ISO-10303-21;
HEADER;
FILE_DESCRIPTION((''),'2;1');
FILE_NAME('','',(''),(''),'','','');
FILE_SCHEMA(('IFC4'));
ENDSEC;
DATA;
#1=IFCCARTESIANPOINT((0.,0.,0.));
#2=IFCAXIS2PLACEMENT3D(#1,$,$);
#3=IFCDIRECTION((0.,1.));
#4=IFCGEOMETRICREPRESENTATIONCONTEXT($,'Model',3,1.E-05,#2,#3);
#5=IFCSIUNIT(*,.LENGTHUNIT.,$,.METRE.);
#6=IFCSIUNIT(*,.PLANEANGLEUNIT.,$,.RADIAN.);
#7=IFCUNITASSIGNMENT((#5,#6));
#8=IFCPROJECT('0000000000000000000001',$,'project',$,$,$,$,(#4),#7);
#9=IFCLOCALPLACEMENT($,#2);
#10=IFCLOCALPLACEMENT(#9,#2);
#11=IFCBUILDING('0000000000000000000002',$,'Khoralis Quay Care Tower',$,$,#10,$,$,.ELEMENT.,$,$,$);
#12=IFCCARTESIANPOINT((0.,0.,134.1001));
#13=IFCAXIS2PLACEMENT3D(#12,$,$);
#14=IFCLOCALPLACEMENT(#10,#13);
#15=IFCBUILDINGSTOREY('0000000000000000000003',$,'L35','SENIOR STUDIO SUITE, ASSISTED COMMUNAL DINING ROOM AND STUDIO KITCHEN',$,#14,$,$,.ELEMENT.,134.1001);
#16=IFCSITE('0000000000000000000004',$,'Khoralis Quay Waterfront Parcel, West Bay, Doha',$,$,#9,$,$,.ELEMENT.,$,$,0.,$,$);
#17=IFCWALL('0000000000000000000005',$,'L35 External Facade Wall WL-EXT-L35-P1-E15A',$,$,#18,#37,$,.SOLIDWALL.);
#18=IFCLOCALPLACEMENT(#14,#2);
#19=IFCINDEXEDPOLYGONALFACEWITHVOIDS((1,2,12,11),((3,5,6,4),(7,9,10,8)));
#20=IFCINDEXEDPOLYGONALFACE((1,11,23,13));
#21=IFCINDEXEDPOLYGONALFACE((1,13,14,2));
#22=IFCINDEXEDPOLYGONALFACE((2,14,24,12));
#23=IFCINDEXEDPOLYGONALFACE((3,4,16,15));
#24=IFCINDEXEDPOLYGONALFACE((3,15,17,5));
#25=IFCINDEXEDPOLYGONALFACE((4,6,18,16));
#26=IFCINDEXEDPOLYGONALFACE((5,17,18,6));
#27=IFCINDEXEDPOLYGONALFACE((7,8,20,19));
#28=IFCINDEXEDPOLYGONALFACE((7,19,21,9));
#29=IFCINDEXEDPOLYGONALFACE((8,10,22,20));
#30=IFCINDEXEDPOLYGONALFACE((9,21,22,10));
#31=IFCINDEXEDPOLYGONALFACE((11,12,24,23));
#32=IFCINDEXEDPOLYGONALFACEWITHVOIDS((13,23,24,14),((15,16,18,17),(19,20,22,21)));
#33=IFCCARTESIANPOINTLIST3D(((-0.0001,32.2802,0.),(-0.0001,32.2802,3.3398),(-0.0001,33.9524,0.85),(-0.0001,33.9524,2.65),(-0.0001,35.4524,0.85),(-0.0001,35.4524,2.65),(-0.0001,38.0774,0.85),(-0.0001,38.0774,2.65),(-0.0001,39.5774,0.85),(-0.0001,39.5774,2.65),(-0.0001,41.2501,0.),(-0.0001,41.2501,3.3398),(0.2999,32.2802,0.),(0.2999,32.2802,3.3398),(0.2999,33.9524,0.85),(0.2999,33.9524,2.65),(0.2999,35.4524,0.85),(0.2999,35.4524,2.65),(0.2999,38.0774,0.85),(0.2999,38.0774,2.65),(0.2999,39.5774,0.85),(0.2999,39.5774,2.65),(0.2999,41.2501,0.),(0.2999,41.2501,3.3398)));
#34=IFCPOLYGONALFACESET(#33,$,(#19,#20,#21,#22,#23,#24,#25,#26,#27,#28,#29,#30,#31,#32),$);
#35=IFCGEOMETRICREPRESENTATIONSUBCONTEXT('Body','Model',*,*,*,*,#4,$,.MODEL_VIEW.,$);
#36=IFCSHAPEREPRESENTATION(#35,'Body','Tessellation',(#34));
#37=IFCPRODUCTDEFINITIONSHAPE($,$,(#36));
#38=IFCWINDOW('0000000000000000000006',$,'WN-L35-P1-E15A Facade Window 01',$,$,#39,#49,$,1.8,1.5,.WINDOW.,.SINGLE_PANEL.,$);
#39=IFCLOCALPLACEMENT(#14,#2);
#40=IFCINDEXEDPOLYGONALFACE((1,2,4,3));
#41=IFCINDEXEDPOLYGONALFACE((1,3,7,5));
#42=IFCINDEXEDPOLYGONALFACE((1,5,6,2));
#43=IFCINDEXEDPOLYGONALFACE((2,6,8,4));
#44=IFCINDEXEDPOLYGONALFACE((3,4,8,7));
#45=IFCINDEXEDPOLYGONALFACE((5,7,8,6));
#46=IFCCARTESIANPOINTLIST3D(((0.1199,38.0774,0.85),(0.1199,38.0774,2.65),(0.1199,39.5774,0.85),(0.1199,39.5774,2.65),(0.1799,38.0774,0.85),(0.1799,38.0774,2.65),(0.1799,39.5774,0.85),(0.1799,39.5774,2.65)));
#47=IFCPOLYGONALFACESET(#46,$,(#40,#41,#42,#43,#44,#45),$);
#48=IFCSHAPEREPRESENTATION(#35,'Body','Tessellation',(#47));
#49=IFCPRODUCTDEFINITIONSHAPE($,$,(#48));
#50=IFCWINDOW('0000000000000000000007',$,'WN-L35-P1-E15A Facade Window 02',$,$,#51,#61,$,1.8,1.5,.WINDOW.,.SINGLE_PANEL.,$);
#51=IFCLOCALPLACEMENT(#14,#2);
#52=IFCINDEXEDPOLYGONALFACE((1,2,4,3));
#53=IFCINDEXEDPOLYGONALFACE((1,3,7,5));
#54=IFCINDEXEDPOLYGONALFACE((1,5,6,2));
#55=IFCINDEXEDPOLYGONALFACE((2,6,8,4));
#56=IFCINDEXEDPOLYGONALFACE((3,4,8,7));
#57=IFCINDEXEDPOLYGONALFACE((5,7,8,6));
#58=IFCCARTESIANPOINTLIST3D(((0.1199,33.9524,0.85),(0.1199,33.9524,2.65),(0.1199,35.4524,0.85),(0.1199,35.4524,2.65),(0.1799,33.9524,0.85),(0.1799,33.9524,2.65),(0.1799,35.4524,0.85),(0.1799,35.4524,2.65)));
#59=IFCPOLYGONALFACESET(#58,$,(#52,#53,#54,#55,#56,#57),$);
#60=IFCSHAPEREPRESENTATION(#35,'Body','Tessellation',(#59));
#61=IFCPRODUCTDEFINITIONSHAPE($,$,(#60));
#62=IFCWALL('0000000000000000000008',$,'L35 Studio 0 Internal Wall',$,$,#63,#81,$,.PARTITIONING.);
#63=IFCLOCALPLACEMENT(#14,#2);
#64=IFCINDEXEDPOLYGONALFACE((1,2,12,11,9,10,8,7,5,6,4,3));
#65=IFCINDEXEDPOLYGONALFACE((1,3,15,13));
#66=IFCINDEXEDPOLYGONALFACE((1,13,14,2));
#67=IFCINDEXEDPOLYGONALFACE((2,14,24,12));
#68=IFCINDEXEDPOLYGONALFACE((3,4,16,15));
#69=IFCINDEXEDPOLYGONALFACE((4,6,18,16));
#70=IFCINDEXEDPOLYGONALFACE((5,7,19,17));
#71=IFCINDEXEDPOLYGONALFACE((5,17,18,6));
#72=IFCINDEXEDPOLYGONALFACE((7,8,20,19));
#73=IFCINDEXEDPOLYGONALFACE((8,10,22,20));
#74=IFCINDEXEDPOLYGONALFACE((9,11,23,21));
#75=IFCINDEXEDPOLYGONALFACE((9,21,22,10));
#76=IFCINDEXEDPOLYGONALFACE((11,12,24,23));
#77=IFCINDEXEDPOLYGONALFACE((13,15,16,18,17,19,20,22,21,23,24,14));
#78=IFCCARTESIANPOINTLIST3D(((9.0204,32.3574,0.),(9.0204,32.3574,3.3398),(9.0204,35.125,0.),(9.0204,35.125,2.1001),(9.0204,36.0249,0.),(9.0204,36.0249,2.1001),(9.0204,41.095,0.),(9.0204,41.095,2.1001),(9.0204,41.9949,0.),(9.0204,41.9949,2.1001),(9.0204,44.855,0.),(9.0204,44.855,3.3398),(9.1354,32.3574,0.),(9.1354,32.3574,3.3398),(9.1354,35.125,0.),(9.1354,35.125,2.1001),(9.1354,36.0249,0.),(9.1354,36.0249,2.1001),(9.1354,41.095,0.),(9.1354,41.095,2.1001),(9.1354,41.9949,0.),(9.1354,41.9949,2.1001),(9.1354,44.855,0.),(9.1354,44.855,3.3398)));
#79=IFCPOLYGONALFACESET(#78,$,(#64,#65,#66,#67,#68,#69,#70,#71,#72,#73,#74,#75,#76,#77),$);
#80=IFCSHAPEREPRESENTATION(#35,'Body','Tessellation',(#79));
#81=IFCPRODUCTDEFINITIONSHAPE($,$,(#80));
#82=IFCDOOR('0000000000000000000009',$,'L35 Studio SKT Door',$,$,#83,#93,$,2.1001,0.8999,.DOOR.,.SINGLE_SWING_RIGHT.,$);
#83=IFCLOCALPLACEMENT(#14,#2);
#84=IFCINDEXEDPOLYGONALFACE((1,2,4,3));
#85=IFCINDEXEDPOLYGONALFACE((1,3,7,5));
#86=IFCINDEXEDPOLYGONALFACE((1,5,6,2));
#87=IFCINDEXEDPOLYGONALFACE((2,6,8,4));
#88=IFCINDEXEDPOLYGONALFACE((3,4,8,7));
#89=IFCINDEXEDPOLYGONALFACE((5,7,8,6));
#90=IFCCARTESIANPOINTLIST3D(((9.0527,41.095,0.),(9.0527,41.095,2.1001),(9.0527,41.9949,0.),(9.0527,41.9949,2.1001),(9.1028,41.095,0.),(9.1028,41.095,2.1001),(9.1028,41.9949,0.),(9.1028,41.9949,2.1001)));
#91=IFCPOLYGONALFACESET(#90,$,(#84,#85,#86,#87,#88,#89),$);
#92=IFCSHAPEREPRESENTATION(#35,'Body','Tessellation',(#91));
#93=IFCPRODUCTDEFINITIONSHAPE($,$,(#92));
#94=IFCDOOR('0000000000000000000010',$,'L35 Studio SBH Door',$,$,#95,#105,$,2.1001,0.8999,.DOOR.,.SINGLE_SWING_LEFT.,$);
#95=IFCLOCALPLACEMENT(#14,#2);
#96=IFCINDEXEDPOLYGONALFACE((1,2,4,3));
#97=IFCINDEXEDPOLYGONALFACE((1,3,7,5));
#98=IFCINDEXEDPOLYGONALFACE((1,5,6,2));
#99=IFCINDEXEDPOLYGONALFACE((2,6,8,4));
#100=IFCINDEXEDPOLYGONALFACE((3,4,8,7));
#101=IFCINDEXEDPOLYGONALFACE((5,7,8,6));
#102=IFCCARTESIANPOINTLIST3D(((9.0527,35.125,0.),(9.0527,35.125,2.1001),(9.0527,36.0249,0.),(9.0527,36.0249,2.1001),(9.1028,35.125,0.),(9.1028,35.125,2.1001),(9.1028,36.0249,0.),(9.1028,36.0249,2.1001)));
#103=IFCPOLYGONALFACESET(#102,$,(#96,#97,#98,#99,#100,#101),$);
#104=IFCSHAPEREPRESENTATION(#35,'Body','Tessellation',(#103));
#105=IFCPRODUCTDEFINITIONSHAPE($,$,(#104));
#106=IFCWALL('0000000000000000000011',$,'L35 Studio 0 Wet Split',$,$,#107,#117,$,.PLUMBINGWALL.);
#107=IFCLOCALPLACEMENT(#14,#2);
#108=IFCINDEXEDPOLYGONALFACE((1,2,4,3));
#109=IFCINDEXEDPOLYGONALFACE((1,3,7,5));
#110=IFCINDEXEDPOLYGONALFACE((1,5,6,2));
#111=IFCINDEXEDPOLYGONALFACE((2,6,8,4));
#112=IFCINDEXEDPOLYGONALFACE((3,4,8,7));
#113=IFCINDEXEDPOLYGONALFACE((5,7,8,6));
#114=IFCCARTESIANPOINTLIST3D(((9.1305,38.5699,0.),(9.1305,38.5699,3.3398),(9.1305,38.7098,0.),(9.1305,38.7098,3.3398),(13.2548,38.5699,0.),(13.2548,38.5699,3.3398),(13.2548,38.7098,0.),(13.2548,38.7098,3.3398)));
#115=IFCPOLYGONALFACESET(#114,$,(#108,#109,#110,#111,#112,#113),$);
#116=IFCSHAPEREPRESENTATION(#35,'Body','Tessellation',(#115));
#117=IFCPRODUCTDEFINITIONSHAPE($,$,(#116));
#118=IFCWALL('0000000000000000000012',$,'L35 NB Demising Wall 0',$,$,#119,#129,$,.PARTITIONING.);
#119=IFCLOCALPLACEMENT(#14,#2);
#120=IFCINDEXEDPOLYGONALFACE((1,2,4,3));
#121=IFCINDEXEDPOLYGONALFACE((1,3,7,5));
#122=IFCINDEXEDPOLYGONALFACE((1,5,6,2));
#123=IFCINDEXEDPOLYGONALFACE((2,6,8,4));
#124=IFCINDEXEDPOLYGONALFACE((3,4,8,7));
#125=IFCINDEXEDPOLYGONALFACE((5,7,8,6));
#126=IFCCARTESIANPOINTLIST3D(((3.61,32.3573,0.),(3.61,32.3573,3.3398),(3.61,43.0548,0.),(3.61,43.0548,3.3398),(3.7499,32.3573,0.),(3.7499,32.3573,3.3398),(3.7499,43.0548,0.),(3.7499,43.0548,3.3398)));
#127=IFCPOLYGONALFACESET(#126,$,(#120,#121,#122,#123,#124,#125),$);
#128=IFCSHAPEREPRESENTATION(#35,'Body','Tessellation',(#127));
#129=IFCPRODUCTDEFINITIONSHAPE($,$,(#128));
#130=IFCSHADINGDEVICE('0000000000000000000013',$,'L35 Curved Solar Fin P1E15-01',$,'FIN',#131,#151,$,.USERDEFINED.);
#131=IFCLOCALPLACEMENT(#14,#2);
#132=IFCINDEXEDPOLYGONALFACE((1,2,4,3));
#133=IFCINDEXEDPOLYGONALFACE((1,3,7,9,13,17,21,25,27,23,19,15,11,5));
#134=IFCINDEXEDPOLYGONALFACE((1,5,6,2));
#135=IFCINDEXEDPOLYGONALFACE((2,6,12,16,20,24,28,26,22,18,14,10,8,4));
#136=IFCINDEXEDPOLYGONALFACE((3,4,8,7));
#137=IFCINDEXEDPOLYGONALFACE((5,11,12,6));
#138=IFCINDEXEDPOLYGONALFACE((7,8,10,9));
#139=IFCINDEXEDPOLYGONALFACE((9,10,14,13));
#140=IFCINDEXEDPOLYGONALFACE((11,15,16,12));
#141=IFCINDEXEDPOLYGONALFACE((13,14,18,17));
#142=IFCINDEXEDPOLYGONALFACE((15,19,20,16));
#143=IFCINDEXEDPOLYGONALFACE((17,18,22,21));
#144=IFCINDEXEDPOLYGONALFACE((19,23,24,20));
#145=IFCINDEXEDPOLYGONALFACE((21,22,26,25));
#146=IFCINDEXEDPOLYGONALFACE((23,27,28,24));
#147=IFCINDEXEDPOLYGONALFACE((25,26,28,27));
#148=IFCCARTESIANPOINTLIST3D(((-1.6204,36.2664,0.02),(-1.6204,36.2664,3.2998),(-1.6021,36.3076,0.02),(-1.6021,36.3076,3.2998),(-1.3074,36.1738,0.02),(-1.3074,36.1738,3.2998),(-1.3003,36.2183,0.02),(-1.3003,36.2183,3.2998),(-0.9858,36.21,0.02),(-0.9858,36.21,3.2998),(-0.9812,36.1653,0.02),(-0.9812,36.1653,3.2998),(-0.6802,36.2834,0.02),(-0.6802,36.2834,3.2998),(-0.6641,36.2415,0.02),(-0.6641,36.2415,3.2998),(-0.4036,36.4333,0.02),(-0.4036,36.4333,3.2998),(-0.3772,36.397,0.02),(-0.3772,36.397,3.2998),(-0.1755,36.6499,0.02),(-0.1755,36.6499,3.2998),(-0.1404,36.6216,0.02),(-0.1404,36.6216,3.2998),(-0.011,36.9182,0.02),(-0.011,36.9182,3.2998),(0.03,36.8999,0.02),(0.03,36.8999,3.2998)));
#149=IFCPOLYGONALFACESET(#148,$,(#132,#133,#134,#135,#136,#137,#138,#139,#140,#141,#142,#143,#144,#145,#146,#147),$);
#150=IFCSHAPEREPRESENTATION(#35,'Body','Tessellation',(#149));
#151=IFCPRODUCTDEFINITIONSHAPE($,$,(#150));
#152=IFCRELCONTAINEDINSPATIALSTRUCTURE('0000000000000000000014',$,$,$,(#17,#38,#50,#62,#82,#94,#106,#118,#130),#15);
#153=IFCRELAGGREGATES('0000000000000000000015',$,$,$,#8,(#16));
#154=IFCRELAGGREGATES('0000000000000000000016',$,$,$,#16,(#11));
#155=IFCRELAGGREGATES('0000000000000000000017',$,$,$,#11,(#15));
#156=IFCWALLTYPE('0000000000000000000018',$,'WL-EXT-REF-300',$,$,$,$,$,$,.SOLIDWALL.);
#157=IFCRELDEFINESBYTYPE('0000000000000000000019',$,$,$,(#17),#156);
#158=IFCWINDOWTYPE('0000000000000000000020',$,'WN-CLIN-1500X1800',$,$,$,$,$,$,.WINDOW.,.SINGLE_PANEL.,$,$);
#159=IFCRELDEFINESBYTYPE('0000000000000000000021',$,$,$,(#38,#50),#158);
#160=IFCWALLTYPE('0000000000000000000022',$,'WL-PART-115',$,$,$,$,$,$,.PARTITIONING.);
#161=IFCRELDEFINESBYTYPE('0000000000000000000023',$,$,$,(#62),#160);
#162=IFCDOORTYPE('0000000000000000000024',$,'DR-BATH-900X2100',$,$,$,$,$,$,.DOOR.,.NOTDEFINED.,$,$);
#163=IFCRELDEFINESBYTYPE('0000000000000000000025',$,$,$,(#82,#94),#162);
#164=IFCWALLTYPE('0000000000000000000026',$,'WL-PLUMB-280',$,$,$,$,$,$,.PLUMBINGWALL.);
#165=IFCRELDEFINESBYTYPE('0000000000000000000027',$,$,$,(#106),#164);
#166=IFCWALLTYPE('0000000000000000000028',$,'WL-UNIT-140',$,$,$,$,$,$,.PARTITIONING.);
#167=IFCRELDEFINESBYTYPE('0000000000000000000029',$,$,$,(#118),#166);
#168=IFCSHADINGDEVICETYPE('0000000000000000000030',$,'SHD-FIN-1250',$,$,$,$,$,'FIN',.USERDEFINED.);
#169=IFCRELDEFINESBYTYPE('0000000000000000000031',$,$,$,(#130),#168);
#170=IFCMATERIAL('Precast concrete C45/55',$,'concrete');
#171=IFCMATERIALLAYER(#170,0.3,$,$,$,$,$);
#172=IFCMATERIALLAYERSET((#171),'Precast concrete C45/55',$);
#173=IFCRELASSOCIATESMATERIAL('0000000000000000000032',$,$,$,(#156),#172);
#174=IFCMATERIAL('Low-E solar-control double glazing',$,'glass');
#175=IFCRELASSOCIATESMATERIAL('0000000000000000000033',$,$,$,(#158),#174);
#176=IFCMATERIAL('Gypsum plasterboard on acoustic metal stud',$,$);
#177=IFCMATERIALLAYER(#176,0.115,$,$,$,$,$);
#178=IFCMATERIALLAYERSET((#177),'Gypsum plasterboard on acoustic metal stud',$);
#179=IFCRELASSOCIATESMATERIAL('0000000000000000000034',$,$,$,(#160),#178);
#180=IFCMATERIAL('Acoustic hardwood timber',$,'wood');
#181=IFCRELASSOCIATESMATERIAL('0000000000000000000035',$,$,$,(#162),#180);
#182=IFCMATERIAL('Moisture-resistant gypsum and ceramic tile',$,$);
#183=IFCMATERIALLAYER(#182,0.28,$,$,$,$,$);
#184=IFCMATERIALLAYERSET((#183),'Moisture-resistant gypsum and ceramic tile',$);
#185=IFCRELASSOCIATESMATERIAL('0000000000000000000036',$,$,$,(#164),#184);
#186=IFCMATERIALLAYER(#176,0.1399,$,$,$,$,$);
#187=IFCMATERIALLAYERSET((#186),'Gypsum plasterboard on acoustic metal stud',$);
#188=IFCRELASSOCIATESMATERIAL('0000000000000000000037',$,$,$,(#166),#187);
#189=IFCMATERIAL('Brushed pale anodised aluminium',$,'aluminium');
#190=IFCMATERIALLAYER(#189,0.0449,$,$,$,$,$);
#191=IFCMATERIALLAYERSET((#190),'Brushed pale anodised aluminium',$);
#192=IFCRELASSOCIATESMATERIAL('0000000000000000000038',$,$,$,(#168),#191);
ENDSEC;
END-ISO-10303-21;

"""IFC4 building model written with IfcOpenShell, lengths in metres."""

from ifc_helpers import new_model, si_unit, direction, frame, frame_2d, origin, place, context, subcontext, project, spatial, polyline, rectangle, outline, extrude, source, transform, mapped, material, layer, layer_set, type_object, element, fill, save


model = new_model("IFC4")

# Units and contexts
model_context = context("Model", 3, precision=1e-05, world=origin(), true_north=direction((0.0, 1.0)))
body_context = subcontext(model_context, "Body", "Model", "MODEL_VIEW")
ifc_project = project(units=[si_unit("LENGTHUNIT", "METRE"), si_unit("PLANEANGLEUNIT", "RADIAN")], contexts=[model_context])

# Site, building, storey
site_placement = place(None, origin())
site = spatial("IfcSite", under=ifc_project, at=site_placement, Name="Khoralis Quay Waterfront Parcel, West Bay, Doha", CompositionType="ELEMENT", RefElevation=0.0)
building_placement = place(site_placement, origin())
building = spatial("IfcBuilding", under=site, at=building_placement, Name="Khoralis Quay Care Tower", CompositionType="ELEMENT")
storey_placement = place(building_placement, frame((0.0, 0.0, 134.1001)))
storey = spatial("IfcBuildingStorey", under=building, at=storey_placement, Name="L35", Description="SENIOR STUDIO SUITE, ASSISTED COMMUNAL DINING ROOM AND STUDIO KITCHEN", CompositionType="ELEMENT", Elevation=134.1001)

# Shared definitions
ifc_material_1 = material(Name="Precast concrete C45/55", Category="concrete")
ifc_layer_1 = layer(ifc_material_1, 0.3)
ifc_layer_set_1 = layer_set([ifc_layer_1], Name="Precast concrete C45/55")
wall_type_1 = type_object("IfcWallType", Name="WL-EXT-REF-300", PredefinedType="SOLIDWALL", material=ifc_layer_set_1)

# Wall, openings, windows
wall_1_placement = place(storey_placement, frame((0.1499, 41.25, 0.0), z_axis=(0.0, 0.0, 1.0), x_axis=(0.0, -1.0, 0.0)))
wall_1 = element("IfcWall", 1, at=wall_1_placement, inside=storey, type_object=wall_type_1, Name="L35 External Facade Wall WL-EXT-L35-P1-E15A", PredefinedType="SOLIDWALL", context=body_context, shape_type="SweptSolid", body=[
    extrude(rectangle(XDim=8.97, YDim=0.3, at=frame_2d((4.4849, 0.0))), origin(), (0.0, 0.0, 1.0), 3.3398),
])
opening_1_placement = place(wall_1_placement, frame((1.6726, 0.0, 0.8501)))
opening_1 = element("IfcOpeningElement", 2, at=opening_1_placement, cuts=wall_1, PredefinedType="OPENING", context=body_context, shape_type="SweptSolid", body=[
    extrude(rectangle(XDim=1.5, YDim=1.8, at=frame_2d((0.75, 0.8999))), frame((0.0, 0.1602, 0.0), z_axis=(0.0, -1.0, 0.0), x_axis=(1.0, 0.0, 0.0)), (0.0, 0.0, 1.0), 0.3201),
])
opening_2_placement = place(wall_1_placement, frame((5.7976, 0.0, 0.8501)))
opening_2 = element("IfcOpeningElement", 3, at=opening_2_placement, cuts=wall_1, PredefinedType="OPENING", context=body_context, shape_type="SweptSolid", body=[
    extrude(rectangle(XDim=1.5, YDim=1.8, at=frame_2d((0.75, 0.8999))), frame((0.0, 0.1602, 0.0), z_axis=(0.0, -1.0, 0.0), x_axis=(1.0, 0.0, 0.0)), (0.0, 0.0, 1.0), 0.3201),
])
ifc_material_2 = material(Name="Low-E solar-control double glazing", Category="glass")
window_type = type_object("IfcWindowType", Name="WN-CLIN-1500X1800", PartitioningType="SINGLE_PANEL", PredefinedType="WINDOW", material=ifc_material_2)
shared_shape_1 = source(origin(), body_context, "Body", "SweptSolid", [
    extrude(rectangle(XDim=1.5, YDim=1.8, at=frame_2d((0.75, 0.8999))), frame((0.0, 0.03, 0.0), z_axis=(0.0, -1.0, 0.0), x_axis=(1.0, 0.0, 0.0)), (0.0, 0.0, 1.0), 0.0601),
])
window_1_placement = place(opening_1_placement, origin())
window_1 = element("IfcWindow", 4, at=window_1_placement, inside=storey, type_object=window_type, Name="WN-L35-P1-E15A Facade Window 01", OverallHeight=1.8, OverallWidth=1.5, PartitioningType="SINGLE_PANEL", PredefinedType="WINDOW", context=body_context, shape_type="MappedRepresentation", body=[
    mapped(shared_shape_1, transform((0.0, 0.0, 0.0), scale=1.0)),
])
fill(opening_1, window_1)
window_2_placement = place(opening_2_placement, origin())
window_2 = element("IfcWindow", 5, at=window_2_placement, inside=storey, type_object=window_type, Name="WN-L35-P1-E15A Facade Window 02", OverallHeight=1.8, OverallWidth=1.5, PartitioningType="SINGLE_PANEL", PredefinedType="WINDOW", context=body_context, shape_type="MappedRepresentation", body=[
    mapped(shared_shape_1, transform((0.0, 0.0, 0.0), scale=1.0)),
])
fill(opening_2, window_2)

# Wall, openings, doors
ifc_material_3 = material(Name="Gypsum plasterboard on acoustic metal stud")
ifc_layer_2 = layer(ifc_material_3, 0.115)
ifc_layer_set_2 = layer_set([ifc_layer_2], Name="Gypsum plasterboard on acoustic metal stud")
wall_type_2 = type_object("IfcWallType", Name="WL-PART-115", PredefinedType="PARTITIONING", material=ifc_layer_set_2)
wall_2_placement = place(storey_placement, frame((9.0779, 32.3574, 0.0), z_axis=(0.0, 0.0, 1.0), x_axis=(0.0, 1.0, 0.0)))
wall_2 = element("IfcWall", 6, at=wall_2_placement, inside=storey, type_object=wall_type_2, Name="L35 Studio 0 Internal Wall", PredefinedType="PARTITIONING", context=body_context, shape_type="SweptSolid", body=[
    extrude(rectangle(XDim=12.4976, YDim=0.115, at=frame_2d((6.2488, 0.0))), origin(), (0.0, 0.0, 1.0), 3.3398),
])
opening_3_placement = place(wall_2_placement, frame((8.7375, 0.0, 0.0)))
opening_3 = element("IfcOpeningElement", 7, at=opening_3_placement, cuts=wall_2, PredefinedType="OPENING", context=body_context, shape_type="SweptSolid", body=[
    extrude(rectangle(XDim=0.8999, YDim=2.1001, at=frame_2d((0.45, 1.05))), frame((0.0, 0.0674, 0.0), z_axis=(0.0, -1.0, 0.0), x_axis=(1.0, 0.0, 0.0)), (0.0, 0.0, 1.0), 0.135),
])
opening_4_placement = place(wall_2_placement, frame((2.7676, 0.0, 0.0)))
opening_4 = element("IfcOpeningElement", 8, at=opening_4_placement, cuts=wall_2, PredefinedType="OPENING", context=body_context, shape_type="SweptSolid", body=[
    extrude(rectangle(XDim=0.8999, YDim=2.1001, at=frame_2d((0.45, 1.05))), frame((0.0, 0.0674, 0.0), z_axis=(0.0, -1.0, 0.0), x_axis=(1.0, 0.0, 0.0)), (0.0, 0.0, 1.0), 0.135),
])
ifc_material_4 = material(Name="Acoustic hardwood timber", Category="wood")
door_type = type_object("IfcDoorType", Name="DR-BATH-900X2100", OperationType="NOTDEFINED", PredefinedType="DOOR", material=ifc_material_4)
shared_shape_2 = source(origin(), body_context, "Body", "SweptSolid", [
    extrude(rectangle(XDim=0.8999, YDim=2.1001, at=frame_2d((0.45, 1.05))), frame((0.0, 0.0249, 0.0), z_axis=(0.0, -1.0, 0.0), x_axis=(1.0, 0.0, 0.0)), (0.0, 0.0, 1.0), 0.05),
])
door_1_placement = place(opening_3_placement, frame((0.8999, 0.0, 0.0), z_axis=(0.0, 0.0, 1.0), x_axis=(-1.0, 0.0, 0.0)))
door_1 = element("IfcDoor", 9, at=door_1_placement, inside=storey, type_object=door_type, Name="L35 Studio SKT Door", OperationType="SINGLE_SWING_RIGHT", OverallHeight=2.1001, OverallWidth=0.8999, PredefinedType="DOOR", context=body_context, shape_type="MappedRepresentation", body=[
    mapped(shared_shape_2, transform((0.0, 0.0, 0.0), scale=1.0)),
])
fill(opening_3, door_1)
door_2_placement = place(opening_4_placement, frame((0.8999, 0.0, 0.0), z_axis=(0.0, 0.0, 1.0), x_axis=(-1.0, 0.0, 0.0)))
door_2 = element("IfcDoor", 10, at=door_2_placement, inside=storey, type_object=door_type, Name="L35 Studio SBH Door", OperationType="SINGLE_SWING_LEFT", OverallHeight=2.1001, OverallWidth=0.8999, PredefinedType="DOOR", context=body_context, shape_type="MappedRepresentation", body=[
    mapped(shared_shape_2, transform((0.0, 0.0, 0.0), scale=1.0)),
])
fill(opening_4, door_2)

# Walls
ifc_material_5 = material(Name="Moisture-resistant gypsum and ceramic tile")
ifc_layer_3 = layer(ifc_material_5, 0.28)
ifc_layer_set_3 = layer_set([ifc_layer_3], Name="Moisture-resistant gypsum and ceramic tile")
wall_type_3 = type_object("IfcWallType", Name="WL-PLUMB-280", PredefinedType="PLUMBINGWALL", material=ifc_layer_set_3)
wall_3_placement = place(storey_placement, frame((9.1306, 38.6399, 0.0), z_axis=(0.0, 0.0, 1.0), x_axis=(1.0, 0.0, 0.0)))
element("IfcWall", 11, at=wall_3_placement, inside=storey, type_object=wall_type_3, Name="L35 Studio 0 Wet Split", PredefinedType="PLUMBINGWALL", context=body_context, shape_type="SweptSolid", body=[
    extrude(rectangle(XDim=4.1243, YDim=0.1399, at=frame_2d((2.062, 0.0))), origin(), (0.0, 0.0, 1.0), 3.3398),
])
ifc_layer_4 = layer(ifc_material_3, 0.1399)
ifc_layer_set_4 = layer_set([ifc_layer_4], Name="Gypsum plasterboard on acoustic metal stud")
wall_type_4 = type_object("IfcWallType", Name="WL-UNIT-140", PredefinedType="PARTITIONING", material=ifc_layer_set_4)
wall_4_placement = place(storey_placement, frame((3.6799, 32.3574, 0.0), z_axis=(0.0, 0.0, 1.0), x_axis=(0.0, 1.0, 0.0)))
element("IfcWall", 12, at=wall_4_placement, inside=storey, type_object=wall_type_4, Name="L35 NB Demising Wall 0", PredefinedType="PARTITIONING", context=body_context, shape_type="SweptSolid", body=[
    extrude(rectangle(XDim=10.6975, YDim=0.1399, at=frame_2d((5.3486, 0.0))), origin(), (0.0, 0.0, 1.0), 3.3398),
])

# Shading device
ifc_material_6 = material(Name="Brushed pale anodised aluminium", Category="aluminium")
ifc_layer_5 = layer(ifc_material_6, 0.0449)
ifc_layer_set_5 = layer_set([ifc_layer_5], Name="Brushed pale anodised aluminium")
shading_device_type = type_object("IfcShadingDeviceType", Name="SHD-FIN-1250", ElementType="FIN", PredefinedType="USERDEFINED", material=ifc_layer_set_5)
shared_shape_3 = source(origin(), body_context, "Body", "SweptSolid", [
    extrude(outline(polyline([(0.0, 0.0), (0.1704, 0.2783), (0.4072, 0.5029), (0.6941, 0.6584), (1.0112, 0.7346), (1.3374, 0.7261), (1.6504, 0.6335), (1.6321, 0.5923), (1.3303, 0.6816), (1.0159, 0.6899), (0.7102, 0.6165), (0.4336, 0.4666), (0.2056, 0.25), (0.041, -0.0183), (0.0, 0.0)])), origin(), (0.0, 0.0, 1.0), 3.2798),
])
shading_device_placement = place(storey_placement, frame((0.03, 36.8999, 0.02), z_axis=(0.0, 0.0, 1.0), x_axis=(-1.0, 0.0, 0.0)))
element("IfcShadingDevice", 13, at=shading_device_placement, inside=storey, type_object=shading_device_type, Name="L35 Curved Solar Fin P1E15-01", ObjectType="FIN", PredefinedType="USERDEFINED", context=body_context, shape_type="MappedRepresentation", body=[
    mapped(shared_shape_3, transform((0.0, 0.0, 0.0), scale=1.0)),
])

save(model, "model.ifc")
